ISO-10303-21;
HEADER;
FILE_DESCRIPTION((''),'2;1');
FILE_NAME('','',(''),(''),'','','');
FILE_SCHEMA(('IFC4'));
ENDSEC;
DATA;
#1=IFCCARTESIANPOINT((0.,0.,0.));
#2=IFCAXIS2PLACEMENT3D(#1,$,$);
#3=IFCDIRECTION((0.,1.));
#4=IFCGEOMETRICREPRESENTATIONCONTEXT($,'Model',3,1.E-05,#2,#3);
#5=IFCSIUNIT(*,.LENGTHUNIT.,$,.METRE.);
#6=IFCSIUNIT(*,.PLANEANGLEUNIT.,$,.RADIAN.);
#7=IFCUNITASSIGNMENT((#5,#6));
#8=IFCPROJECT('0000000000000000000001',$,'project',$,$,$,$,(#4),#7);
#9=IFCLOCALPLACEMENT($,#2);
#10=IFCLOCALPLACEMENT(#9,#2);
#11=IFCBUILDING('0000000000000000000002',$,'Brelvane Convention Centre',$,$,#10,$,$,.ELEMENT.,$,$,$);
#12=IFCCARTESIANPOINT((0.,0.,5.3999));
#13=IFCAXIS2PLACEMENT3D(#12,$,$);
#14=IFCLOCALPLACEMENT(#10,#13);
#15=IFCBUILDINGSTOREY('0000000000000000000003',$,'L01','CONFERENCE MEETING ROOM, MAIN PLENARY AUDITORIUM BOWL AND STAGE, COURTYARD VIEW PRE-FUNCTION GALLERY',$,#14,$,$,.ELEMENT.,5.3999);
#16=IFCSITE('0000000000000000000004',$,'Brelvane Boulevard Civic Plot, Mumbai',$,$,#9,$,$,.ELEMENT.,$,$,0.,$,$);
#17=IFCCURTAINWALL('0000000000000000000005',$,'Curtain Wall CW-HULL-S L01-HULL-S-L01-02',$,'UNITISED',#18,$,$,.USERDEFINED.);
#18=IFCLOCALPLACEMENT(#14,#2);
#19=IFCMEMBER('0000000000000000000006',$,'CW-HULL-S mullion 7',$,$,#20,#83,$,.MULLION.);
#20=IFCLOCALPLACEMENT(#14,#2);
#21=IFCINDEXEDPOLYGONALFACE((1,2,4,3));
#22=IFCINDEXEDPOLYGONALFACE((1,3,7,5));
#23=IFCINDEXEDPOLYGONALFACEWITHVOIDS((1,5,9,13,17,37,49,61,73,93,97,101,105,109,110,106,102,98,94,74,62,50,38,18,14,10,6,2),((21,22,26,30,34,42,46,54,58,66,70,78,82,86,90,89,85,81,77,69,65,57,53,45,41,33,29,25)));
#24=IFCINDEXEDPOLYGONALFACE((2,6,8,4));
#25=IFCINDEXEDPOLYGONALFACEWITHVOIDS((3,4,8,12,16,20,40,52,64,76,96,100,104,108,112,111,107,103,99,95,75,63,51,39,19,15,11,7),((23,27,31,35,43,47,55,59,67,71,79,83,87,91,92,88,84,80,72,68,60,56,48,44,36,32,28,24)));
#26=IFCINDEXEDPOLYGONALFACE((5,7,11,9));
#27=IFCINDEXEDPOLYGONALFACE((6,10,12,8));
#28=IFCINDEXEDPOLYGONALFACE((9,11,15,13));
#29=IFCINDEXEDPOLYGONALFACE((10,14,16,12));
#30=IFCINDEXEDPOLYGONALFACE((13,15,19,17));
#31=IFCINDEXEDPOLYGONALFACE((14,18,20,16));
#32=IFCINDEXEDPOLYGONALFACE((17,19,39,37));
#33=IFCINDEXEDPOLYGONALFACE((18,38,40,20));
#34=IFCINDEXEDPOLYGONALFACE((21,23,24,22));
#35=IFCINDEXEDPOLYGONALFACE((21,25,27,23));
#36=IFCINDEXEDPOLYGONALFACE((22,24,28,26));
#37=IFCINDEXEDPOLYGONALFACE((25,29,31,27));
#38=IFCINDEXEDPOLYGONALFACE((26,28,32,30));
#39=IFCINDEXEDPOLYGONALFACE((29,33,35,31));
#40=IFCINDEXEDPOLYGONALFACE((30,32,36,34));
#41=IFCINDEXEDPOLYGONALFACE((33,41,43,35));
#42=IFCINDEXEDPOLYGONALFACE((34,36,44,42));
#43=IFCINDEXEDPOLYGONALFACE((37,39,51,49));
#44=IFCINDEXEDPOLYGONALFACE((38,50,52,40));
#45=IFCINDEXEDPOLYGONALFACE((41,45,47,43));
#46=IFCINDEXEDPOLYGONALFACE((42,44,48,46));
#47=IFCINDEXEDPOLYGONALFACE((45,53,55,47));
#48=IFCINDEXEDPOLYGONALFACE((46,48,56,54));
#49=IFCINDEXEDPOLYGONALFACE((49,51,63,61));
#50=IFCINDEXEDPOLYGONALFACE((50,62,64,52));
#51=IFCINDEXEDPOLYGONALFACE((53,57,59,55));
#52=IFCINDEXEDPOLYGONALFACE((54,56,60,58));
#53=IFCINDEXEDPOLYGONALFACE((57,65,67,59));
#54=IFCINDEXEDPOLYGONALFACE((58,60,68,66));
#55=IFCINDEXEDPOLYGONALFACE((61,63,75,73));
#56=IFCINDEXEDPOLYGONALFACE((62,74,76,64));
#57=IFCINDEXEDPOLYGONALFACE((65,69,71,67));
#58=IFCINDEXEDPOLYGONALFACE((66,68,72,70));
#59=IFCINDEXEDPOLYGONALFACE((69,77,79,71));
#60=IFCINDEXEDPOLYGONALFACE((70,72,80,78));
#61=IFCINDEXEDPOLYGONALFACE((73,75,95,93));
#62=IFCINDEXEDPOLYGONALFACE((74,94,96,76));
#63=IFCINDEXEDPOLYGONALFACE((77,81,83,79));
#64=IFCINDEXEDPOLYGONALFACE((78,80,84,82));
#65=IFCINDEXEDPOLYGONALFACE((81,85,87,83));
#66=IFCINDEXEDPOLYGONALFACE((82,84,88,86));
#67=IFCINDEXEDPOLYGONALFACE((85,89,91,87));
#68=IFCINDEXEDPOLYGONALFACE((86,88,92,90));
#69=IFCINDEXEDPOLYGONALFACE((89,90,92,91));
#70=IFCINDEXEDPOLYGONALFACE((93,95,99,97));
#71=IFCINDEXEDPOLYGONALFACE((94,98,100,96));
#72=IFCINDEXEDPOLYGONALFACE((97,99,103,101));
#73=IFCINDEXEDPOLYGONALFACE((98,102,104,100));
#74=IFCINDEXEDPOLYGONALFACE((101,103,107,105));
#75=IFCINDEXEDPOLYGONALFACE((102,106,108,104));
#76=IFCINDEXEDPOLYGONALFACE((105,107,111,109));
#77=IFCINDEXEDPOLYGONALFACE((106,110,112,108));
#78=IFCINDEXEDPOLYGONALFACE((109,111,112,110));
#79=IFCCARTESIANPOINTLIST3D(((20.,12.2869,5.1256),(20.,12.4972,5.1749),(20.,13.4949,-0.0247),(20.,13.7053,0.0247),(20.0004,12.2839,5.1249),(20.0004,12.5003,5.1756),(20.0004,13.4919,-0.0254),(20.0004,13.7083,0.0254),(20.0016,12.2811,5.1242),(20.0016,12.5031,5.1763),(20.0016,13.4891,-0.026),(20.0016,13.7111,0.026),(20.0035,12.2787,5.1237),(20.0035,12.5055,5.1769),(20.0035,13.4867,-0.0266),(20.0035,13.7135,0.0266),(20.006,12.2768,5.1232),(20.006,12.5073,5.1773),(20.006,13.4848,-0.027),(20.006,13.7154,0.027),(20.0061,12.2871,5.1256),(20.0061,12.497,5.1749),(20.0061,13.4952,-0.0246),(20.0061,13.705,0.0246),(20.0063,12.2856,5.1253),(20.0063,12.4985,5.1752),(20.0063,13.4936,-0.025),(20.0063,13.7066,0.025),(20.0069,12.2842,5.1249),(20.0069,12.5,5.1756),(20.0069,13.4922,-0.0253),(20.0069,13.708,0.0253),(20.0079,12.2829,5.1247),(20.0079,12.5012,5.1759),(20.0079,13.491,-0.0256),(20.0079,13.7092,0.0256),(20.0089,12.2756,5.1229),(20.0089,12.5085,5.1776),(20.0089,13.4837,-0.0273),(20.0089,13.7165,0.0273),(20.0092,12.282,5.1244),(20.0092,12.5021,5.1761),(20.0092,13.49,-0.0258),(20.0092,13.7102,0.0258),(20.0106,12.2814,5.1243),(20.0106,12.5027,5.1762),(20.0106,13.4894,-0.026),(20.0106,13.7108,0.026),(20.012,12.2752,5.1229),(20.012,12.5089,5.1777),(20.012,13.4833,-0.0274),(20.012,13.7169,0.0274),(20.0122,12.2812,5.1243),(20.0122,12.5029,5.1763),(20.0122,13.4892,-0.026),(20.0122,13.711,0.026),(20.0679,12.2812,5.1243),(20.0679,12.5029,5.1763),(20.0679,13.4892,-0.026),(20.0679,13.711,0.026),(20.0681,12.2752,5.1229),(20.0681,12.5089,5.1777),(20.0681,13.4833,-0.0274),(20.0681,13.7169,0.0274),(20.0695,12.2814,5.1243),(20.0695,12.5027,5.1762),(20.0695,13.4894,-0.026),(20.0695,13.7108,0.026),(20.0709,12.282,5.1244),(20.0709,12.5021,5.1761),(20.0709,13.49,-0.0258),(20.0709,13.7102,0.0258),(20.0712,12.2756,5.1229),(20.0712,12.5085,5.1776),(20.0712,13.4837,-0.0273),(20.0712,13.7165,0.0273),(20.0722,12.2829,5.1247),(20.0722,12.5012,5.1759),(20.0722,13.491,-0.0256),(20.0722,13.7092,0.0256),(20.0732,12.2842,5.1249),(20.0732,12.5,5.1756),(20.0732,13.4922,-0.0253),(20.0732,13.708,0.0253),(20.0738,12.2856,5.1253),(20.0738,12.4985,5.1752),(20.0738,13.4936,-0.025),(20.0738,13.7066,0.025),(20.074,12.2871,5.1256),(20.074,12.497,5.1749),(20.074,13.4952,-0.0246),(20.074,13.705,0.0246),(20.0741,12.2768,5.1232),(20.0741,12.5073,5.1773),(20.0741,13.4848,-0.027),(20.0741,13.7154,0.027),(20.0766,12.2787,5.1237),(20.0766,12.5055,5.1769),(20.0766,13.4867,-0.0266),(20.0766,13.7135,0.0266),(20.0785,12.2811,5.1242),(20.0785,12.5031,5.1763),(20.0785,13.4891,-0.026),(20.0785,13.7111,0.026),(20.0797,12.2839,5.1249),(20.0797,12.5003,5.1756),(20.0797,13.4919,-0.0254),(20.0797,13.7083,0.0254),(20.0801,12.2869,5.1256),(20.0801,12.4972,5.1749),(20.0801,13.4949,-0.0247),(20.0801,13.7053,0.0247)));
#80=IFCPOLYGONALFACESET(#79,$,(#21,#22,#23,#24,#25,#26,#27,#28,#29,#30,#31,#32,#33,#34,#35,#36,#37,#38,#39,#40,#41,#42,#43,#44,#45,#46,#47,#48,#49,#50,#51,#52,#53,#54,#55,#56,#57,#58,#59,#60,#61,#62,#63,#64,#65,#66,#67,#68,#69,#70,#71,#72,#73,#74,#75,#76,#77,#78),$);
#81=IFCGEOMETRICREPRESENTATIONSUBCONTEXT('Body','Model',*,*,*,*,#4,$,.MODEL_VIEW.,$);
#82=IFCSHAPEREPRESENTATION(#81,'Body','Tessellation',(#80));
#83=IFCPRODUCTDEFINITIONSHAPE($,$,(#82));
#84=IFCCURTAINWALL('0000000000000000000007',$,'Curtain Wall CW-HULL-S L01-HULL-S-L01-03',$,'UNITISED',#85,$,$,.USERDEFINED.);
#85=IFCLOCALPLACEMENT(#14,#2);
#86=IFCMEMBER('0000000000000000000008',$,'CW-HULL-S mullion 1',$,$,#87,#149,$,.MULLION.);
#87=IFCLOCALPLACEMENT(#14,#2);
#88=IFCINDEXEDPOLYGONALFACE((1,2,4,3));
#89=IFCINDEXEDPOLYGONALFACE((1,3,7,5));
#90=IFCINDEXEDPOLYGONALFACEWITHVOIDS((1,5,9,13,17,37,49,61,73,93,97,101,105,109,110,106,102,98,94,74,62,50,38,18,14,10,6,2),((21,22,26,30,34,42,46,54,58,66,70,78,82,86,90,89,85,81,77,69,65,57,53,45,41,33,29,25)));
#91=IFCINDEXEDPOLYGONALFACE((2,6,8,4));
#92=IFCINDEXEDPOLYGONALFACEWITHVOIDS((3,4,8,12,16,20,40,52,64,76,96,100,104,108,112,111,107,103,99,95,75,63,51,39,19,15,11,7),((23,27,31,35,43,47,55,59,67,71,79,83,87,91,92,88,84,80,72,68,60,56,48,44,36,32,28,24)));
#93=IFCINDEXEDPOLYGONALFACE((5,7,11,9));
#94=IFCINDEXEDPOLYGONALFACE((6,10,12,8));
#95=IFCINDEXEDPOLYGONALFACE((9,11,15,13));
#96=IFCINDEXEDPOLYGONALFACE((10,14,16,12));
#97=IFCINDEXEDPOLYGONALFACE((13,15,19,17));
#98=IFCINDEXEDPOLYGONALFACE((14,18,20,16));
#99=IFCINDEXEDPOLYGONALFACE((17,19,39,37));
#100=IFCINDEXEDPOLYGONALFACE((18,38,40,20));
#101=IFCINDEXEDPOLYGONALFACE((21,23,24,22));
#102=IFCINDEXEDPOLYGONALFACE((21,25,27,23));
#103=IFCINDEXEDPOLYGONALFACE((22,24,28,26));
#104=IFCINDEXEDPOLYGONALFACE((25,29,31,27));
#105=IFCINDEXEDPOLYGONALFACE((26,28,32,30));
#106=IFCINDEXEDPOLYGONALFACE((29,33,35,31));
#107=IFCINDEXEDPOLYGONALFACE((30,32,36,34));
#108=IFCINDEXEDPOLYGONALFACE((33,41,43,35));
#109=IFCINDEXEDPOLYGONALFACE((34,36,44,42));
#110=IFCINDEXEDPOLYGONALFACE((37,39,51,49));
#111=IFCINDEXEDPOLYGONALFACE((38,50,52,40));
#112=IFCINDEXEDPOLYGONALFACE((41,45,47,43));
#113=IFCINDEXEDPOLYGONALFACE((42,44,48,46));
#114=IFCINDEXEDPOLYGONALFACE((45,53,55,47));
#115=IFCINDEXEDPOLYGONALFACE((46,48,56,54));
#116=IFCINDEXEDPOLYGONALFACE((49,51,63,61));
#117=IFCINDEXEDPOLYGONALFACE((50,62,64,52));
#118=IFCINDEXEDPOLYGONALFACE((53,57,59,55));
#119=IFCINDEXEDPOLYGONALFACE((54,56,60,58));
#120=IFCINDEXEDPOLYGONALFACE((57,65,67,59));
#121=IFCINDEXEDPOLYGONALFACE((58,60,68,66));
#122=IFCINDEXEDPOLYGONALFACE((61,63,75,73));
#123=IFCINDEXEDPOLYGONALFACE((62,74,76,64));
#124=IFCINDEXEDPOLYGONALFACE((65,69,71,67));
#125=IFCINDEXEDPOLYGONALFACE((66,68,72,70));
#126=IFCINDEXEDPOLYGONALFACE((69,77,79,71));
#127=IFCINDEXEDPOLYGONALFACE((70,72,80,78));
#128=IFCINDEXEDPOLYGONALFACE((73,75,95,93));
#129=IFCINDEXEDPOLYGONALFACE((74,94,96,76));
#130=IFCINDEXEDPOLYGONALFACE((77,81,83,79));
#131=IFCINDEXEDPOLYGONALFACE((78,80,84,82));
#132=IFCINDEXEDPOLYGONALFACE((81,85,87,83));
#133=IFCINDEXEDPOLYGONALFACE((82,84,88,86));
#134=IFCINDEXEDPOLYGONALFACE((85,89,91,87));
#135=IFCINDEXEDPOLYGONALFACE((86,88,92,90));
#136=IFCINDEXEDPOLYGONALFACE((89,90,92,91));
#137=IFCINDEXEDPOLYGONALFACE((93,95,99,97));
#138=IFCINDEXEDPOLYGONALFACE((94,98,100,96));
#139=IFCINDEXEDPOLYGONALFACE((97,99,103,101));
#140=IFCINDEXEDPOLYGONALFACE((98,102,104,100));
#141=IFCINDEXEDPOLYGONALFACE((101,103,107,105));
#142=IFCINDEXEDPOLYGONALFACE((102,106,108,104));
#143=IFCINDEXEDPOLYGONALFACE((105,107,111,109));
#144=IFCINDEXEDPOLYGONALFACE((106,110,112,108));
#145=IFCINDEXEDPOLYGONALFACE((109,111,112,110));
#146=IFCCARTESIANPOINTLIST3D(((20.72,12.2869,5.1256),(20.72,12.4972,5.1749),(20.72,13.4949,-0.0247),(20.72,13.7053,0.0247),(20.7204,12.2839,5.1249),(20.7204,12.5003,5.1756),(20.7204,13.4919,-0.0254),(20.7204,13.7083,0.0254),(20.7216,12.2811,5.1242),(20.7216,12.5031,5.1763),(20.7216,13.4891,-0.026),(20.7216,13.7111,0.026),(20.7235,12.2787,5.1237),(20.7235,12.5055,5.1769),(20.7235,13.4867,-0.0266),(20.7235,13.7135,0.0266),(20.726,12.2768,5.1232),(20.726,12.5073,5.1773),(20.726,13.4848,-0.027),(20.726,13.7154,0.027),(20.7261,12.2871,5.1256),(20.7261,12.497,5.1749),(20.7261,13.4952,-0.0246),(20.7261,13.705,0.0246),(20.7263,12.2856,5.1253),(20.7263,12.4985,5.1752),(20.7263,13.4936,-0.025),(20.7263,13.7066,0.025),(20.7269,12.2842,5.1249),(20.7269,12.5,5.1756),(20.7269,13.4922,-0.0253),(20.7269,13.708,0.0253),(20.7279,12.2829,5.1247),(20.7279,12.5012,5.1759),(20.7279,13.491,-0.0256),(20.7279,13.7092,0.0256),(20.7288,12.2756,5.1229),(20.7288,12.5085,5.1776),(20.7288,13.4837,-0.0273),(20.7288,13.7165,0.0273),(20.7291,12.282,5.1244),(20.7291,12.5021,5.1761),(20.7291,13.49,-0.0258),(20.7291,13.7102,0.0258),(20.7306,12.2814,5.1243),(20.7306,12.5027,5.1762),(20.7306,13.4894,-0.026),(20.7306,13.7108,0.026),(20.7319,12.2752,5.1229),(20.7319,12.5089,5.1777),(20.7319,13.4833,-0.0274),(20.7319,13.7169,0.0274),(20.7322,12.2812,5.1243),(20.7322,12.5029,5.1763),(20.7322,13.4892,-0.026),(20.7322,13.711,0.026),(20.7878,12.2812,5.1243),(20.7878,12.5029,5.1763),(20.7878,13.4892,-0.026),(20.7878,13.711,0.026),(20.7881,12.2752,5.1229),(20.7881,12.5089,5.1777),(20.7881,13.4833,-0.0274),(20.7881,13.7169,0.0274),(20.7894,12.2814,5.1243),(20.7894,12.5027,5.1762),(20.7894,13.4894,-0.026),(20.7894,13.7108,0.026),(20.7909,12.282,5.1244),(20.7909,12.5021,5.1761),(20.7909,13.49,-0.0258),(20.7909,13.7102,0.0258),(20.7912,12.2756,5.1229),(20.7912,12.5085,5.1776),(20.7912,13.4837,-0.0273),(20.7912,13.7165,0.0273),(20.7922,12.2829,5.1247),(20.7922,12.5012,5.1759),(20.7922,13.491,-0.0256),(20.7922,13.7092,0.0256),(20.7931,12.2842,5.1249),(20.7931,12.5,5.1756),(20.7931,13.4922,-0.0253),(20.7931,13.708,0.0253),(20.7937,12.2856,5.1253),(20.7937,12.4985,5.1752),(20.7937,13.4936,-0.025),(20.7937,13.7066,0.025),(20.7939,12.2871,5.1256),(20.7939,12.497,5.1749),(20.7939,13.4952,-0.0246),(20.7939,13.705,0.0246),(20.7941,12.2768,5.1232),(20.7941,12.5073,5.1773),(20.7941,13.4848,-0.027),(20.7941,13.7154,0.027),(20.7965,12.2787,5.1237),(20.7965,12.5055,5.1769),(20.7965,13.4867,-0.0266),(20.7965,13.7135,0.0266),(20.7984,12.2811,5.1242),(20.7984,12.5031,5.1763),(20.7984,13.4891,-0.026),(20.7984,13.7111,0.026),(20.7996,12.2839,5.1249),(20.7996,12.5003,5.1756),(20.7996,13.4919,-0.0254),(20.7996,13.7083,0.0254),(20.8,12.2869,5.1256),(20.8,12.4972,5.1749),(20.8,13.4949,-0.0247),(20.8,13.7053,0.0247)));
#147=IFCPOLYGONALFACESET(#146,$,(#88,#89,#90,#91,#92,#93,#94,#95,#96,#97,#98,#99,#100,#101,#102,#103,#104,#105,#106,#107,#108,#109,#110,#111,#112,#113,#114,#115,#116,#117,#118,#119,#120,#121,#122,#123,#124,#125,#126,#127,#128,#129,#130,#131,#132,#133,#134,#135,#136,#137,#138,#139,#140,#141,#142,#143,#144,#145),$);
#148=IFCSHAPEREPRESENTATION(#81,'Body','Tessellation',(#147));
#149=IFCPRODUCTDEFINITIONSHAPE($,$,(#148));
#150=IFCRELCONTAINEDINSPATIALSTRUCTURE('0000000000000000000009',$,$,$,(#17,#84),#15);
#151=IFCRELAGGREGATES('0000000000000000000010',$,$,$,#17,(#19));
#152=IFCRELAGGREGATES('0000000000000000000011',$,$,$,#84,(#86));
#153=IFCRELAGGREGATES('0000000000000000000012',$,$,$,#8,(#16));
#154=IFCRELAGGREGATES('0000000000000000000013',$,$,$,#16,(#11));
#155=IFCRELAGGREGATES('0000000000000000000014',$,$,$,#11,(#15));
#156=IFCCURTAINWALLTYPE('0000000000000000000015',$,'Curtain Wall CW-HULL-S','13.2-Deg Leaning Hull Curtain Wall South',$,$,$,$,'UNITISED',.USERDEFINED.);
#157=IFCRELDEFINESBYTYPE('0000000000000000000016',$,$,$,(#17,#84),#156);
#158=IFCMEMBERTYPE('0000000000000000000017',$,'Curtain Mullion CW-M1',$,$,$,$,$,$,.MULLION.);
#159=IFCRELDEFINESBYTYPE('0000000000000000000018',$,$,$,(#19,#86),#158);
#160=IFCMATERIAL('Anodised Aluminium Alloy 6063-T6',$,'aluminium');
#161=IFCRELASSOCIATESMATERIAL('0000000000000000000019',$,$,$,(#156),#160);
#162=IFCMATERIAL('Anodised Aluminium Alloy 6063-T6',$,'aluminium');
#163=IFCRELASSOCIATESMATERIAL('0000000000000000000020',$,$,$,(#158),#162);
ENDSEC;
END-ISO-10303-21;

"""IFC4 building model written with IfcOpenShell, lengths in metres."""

from ifc_helpers import new_model, si_unit, direction, frame, origin, origin_2d, place, context, subcontext, project, spatial, hollow_rectangle, extrude, material, material_profile, profile_set, type_object, element, aggregate, save


model = new_model("IFC4")

# Units and contexts
model_context = context("Model", 3, precision=1e-05, world=origin(), true_north=direction((0.0, 1.0)))
body_context = subcontext(model_context, "Body", "Model", "MODEL_VIEW")
ifc_project = project(units=[si_unit("LENGTHUNIT", "METRE"), si_unit("PLANEANGLEUNIT", "RADIAN")], contexts=[model_context])

# Site, building, storey
site_placement = place(None, origin())
site = spatial("IfcSite", under=ifc_project, at=site_placement, Name="Brelvane Boulevard Civic Plot, Mumbai", CompositionType="ELEMENT", RefElevation=0.0)
building_placement = place(site_placement, origin())
building = spatial("IfcBuilding", under=site, at=building_placement, Name="Brelvane Convention Centre", CompositionType="ELEMENT")
storey_placement = place(building_placement, frame((0.0, 0.0, 5.3999)))
storey = spatial("IfcBuildingStorey", under=building, at=storey_placement, Name="L01", Description="CONFERENCE MEETING ROOM, MAIN PLENARY AUDITORIUM BOWL AND STAGE, COURTYARD VIEW PRE-FUNCTION GALLERY", CompositionType="ELEMENT", Elevation=5.3999)

# Curtain walls, members
ifc_material_1 = material(Name="Anodised Aluminium Alloy 6063-T6", Category="aluminium")
curtain_wall_type = type_object("IfcCurtainWallType", Name="Curtain Wall CW-HULL-S", Description="13.2-Deg Leaning Hull Curtain Wall South", ElementType="UNITISED", PredefinedType="USERDEFINED", material=ifc_material_1)
curtain_wall_1_placement = place(storey_placement, origin())
curtain_wall_1 = element("IfcCurtainWall", 1, at=curtain_wall_1_placement, inside=storey, type_object=curtain_wall_type, Name="Curtain Wall CW-HULL-S L01-HULL-S-L01-02", ObjectType="UNITISED", PredefinedType="USERDEFINED")
ifc_material_2 = material(Name="Anodised Aluminium Alloy 6063-T6", Category="aluminium")
ifc_material_profile_1 = material_profile(ifc_material_2, hollow_rectangle(XDim=0.0801, YDim=0.24, WallThickness=0.0061, InnerFilletRadius=0.0061, OuterFilletRadius=0.012, at=origin_2d()), Name="ALU-M 240x80x6.0")
ifc_profile_set_1 = profile_set([ifc_material_profile_1], Name="Anodised Aluminium Alloy 6063-T6")
member_type_1 = type_object("IfcMemberType", Name="Curtain Mullion CW-M1", PredefinedType="MULLION", material=ifc_profile_set_1)
member_1_placement = place(storey_placement, frame((20.04, 13.6001, 0.0), z_axis=(0.0, -0.22836, 0.973577), x_axis=(1.0, 0.0, 0.0)))
member_1 = element("IfcMember", 2, at=member_1_placement, type_object=member_type_1, Name="CW-HULL-S mullion 7", PredefinedType="MULLION", context=body_context, shape_type="SweptSolid", body=[
    extrude(hollow_rectangle(XDim=0.0801, YDim=0.24, WallThickness=0.0061, InnerFilletRadius=0.0061, OuterFilletRadius=0.012, at=origin_2d()), origin(), (0.0, 0.0, 1.0), 5.29),
])
curtain_wall_2_placement = place(storey_placement, origin())
curtain_wall_2 = element("IfcCurtainWall", 3, at=curtain_wall_2_placement, inside=storey, type_object=curtain_wall_type, Name="Curtain Wall CW-HULL-S L01-HULL-S-L01-03", ObjectType="UNITISED", PredefinedType="USERDEFINED")
member_2_placement = place(storey_placement, frame((20.76, 13.6001, 0.0), z_axis=(0.0, -0.22836, 0.973577), x_axis=(1.0, 0.0, 0.0)))
member_2 = element("IfcMember", 4, at=member_2_placement, type_object=member_type_1, Name="CW-HULL-S mullion 1", PredefinedType="MULLION", context=body_context, shape_type="SweptSolid", body=[
    extrude(hollow_rectangle(XDim=0.0801, YDim=0.24, WallThickness=0.0061, InnerFilletRadius=0.0061, OuterFilletRadius=0.012, at=origin_2d()), origin(), (0.0, 0.0, 1.0), 5.29),
])

aggregate(curtain_wall_1, [member_1])
aggregate(curtain_wall_2, [member_2])

save(model, "model.ifc")
